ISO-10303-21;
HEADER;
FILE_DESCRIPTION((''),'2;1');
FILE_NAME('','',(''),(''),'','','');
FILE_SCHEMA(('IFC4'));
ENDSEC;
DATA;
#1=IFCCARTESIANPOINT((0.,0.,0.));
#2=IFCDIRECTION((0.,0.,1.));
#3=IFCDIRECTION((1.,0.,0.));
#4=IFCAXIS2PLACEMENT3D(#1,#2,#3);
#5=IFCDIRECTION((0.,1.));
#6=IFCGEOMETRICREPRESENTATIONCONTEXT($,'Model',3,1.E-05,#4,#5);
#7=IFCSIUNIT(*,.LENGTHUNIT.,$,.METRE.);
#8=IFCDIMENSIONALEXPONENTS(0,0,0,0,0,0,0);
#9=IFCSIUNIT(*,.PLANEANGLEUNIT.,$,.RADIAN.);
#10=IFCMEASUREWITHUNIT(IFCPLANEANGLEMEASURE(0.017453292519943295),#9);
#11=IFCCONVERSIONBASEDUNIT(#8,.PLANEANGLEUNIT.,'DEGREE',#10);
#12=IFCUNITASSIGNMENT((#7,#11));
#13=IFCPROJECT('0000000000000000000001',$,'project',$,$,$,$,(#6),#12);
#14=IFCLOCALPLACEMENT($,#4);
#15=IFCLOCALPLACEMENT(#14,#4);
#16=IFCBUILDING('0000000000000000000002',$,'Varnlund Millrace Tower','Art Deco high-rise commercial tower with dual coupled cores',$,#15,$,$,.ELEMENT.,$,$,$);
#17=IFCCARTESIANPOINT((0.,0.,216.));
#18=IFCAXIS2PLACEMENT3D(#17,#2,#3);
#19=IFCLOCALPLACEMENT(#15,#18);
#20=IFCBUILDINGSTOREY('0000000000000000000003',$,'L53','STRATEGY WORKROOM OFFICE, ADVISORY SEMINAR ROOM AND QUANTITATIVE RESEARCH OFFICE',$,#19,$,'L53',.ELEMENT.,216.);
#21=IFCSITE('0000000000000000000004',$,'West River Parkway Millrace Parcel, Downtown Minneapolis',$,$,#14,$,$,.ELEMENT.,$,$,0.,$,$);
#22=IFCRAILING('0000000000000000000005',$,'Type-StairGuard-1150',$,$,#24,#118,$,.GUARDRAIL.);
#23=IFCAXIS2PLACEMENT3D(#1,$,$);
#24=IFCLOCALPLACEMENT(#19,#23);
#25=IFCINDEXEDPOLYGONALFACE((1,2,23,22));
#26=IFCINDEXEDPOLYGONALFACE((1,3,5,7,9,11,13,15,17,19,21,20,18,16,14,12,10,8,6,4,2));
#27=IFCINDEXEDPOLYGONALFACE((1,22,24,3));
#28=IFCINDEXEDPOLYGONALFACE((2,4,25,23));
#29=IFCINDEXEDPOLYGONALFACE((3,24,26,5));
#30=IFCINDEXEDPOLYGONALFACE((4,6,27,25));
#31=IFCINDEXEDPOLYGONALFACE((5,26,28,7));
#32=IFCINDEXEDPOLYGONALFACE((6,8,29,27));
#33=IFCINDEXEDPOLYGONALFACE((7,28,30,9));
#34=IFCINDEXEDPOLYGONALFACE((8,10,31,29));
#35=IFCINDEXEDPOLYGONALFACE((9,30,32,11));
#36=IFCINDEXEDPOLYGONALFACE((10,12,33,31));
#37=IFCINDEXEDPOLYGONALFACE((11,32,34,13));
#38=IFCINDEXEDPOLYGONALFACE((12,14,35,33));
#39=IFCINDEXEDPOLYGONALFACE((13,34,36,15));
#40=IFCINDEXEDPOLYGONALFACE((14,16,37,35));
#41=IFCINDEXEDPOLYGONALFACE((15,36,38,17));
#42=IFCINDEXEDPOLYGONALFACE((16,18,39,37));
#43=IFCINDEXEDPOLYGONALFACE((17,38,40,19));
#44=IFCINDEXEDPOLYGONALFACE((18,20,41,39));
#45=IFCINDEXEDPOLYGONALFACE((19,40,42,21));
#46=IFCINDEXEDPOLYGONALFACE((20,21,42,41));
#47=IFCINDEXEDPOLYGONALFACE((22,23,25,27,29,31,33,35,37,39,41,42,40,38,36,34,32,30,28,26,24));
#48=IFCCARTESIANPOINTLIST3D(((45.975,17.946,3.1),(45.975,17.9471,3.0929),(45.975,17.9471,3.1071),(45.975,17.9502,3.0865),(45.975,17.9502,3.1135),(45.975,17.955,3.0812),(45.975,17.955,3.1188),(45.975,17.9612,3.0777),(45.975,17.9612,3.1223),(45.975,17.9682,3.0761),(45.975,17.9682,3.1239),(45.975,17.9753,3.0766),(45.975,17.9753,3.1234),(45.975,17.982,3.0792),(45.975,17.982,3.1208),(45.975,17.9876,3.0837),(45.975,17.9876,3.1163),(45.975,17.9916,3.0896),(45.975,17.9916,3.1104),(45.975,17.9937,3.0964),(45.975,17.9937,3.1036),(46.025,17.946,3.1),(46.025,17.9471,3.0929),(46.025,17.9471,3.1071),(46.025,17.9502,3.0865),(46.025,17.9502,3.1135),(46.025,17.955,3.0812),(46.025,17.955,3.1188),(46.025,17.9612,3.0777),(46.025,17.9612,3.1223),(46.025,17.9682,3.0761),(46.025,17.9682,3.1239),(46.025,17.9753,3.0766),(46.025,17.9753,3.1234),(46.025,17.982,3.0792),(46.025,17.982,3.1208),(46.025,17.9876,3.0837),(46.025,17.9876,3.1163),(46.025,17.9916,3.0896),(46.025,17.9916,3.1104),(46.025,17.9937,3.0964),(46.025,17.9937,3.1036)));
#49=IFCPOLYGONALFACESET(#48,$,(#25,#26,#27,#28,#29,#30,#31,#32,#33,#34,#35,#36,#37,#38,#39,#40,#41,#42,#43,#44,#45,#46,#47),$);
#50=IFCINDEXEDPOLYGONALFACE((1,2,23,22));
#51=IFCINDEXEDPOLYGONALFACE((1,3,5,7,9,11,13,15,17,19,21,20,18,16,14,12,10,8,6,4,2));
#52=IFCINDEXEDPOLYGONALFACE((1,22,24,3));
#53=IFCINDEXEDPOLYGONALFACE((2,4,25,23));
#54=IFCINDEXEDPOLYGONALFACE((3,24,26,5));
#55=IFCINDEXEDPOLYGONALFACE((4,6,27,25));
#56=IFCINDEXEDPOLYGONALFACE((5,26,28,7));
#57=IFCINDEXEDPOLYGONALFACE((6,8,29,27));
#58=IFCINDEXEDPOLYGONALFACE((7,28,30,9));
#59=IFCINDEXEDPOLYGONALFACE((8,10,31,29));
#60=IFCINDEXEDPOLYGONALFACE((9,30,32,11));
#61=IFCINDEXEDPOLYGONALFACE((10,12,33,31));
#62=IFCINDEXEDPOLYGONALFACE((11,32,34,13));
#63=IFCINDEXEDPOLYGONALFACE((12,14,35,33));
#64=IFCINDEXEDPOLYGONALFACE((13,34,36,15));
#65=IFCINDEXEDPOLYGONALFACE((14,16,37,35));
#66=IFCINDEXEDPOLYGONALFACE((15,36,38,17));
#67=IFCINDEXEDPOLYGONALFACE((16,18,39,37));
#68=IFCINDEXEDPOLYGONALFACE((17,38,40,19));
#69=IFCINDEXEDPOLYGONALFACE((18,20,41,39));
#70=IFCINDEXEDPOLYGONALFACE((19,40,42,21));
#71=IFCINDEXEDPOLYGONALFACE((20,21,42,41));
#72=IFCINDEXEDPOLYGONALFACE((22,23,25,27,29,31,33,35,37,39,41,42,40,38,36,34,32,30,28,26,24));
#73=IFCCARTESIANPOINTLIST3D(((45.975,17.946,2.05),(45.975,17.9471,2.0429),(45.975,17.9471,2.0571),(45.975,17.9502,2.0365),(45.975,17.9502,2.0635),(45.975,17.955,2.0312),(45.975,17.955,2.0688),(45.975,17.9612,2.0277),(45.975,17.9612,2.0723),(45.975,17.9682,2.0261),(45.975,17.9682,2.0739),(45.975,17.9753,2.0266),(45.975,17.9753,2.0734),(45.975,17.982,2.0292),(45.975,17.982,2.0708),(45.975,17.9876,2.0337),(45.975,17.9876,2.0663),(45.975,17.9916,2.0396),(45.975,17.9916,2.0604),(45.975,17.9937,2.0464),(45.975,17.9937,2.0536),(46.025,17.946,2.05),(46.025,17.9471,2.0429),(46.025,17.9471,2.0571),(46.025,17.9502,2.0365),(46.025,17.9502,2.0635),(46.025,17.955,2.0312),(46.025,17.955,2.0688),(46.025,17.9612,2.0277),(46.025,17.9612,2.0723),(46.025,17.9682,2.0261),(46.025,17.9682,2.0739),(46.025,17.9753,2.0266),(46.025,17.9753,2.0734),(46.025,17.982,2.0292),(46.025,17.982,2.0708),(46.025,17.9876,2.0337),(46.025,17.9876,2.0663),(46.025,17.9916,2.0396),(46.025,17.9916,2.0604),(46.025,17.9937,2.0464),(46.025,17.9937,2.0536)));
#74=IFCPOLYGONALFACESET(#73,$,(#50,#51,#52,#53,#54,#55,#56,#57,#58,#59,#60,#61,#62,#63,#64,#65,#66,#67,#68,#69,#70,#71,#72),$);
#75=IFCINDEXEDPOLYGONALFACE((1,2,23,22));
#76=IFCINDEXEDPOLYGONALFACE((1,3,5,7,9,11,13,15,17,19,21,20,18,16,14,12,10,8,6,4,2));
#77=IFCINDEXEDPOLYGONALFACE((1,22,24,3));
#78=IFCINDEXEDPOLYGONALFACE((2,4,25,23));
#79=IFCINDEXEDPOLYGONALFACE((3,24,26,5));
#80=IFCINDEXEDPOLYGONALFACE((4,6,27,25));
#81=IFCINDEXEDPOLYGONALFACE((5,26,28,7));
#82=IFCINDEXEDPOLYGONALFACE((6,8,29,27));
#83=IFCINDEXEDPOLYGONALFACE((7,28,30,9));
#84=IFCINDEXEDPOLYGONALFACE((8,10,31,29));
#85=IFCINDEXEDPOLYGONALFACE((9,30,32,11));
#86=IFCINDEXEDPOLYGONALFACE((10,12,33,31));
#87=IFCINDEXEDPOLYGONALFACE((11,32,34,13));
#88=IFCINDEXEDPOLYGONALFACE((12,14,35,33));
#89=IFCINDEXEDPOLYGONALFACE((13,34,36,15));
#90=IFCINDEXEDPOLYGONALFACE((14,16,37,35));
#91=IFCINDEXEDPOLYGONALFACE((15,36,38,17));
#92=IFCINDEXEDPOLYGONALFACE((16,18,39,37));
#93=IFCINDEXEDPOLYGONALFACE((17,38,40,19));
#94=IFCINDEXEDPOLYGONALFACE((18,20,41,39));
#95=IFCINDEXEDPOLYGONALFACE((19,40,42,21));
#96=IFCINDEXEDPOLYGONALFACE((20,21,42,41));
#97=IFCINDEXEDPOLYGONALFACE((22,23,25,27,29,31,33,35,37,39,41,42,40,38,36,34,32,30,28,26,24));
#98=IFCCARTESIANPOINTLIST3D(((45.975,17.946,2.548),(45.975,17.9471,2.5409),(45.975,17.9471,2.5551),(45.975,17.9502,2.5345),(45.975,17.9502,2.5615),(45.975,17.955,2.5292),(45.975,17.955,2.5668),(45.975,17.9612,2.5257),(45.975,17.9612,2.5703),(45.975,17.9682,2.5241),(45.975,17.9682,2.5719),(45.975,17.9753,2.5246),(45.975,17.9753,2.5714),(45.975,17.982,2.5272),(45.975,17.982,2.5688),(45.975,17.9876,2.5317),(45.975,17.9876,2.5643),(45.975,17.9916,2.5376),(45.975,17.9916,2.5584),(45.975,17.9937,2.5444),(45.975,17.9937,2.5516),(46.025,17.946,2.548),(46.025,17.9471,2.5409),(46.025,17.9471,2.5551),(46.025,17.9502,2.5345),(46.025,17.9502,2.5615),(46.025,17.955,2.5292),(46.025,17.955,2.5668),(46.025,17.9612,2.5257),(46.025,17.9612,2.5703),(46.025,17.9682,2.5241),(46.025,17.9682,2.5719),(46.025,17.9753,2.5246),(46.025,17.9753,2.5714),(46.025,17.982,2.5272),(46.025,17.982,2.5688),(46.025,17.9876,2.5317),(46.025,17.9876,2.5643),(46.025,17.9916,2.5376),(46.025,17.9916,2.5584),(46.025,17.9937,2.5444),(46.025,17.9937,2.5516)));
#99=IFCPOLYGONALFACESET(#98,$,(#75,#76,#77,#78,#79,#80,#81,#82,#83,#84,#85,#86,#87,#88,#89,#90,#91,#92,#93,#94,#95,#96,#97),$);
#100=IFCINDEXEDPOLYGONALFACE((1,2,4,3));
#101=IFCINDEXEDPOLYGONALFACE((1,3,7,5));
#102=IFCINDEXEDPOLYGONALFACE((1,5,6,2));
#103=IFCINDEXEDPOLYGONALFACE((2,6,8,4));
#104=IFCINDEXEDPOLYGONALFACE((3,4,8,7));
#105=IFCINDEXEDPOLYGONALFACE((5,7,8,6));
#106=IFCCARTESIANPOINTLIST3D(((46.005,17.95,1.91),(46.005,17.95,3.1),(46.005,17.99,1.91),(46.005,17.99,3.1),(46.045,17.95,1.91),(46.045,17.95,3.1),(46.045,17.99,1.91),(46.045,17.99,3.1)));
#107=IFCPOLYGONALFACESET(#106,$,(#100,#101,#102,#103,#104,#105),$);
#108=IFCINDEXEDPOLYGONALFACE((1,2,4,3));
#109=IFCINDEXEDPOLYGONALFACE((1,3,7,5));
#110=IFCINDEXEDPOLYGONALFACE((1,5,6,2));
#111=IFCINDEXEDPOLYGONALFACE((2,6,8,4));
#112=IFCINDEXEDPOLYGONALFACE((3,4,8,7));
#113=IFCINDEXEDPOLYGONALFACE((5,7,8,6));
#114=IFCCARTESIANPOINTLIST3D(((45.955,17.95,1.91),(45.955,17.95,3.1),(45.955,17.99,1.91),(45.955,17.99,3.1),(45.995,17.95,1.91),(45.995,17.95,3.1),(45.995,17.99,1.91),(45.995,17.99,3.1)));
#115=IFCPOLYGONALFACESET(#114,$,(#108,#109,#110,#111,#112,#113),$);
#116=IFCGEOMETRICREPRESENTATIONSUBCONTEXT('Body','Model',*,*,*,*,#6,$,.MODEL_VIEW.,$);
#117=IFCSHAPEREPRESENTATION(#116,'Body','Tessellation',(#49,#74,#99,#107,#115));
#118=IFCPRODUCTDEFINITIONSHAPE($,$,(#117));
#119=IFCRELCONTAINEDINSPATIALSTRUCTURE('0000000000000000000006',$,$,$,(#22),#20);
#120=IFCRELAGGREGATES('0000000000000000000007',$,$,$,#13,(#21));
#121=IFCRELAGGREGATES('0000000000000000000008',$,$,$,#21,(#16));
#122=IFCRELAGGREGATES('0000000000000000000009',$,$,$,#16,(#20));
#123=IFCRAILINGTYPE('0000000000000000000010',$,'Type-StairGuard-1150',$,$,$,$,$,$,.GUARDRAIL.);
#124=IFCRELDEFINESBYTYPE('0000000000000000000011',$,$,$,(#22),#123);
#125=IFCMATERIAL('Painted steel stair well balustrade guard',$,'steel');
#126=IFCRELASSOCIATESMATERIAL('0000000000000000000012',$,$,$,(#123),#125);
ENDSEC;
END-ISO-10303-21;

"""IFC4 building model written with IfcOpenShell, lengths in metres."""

from ifc_helpers import new_model, entity, si_unit, converted_unit, direction, frame, origin_with_axes, origin_2d_with_axis, place, context, subcontext, project, spatial, rectangle, circle, extrude, material, type_object, element, save


model = new_model("IFC4")

# Units and contexts
model_context = context("Model", 3, precision=1e-05, world=origin_with_axes(), true_north=direction((0.0, 1.0)))
body_context = subcontext(model_context, "Body", "Model", "MODEL_VIEW")
ifc_project = project(units=[si_unit("LENGTHUNIT", "METRE"), converted_unit("PLANEANGLEUNIT", "DEGREE", entity("IfcPlaneAngleMeasure", 0.017453292519943295), si_unit("PLANEANGLEUNIT", "RADIAN"), dimensions=[0, 0, 0, 0, 0, 0, 0])], contexts=[model_context])

# Site, building, storey
site_placement = place(None, origin_with_axes())
site = spatial("IfcSite", under=ifc_project, at=site_placement, Name="West River Parkway Millrace Parcel, Downtown Minneapolis", CompositionType="ELEMENT", RefElevation=0.0)
building_placement = place(site_placement, origin_with_axes())
building = spatial("IfcBuilding", under=site, at=building_placement, Name="Varnlund Millrace Tower", Description="Art Deco high-rise commercial tower with dual coupled cores", CompositionType="ELEMENT")
storey_placement = place(building_placement, frame((0.0, 0.0, 216.0), z_axis=(0.0, 0.0, 1.0), x_axis=(1.0, 0.0, 0.0)))
storey = spatial("IfcBuildingStorey", under=building, at=storey_placement, Name="L53", Description="STRATEGY WORKROOM OFFICE, ADVISORY SEMINAR ROOM AND QUANTITATIVE RESEARCH OFFICE", LongName="L53", CompositionType="ELEMENT", Elevation=216.0)

# Railing
ifc_material_1 = material(Name="Painted steel stair well balustrade guard", Category="steel")
railing_type_1 = type_object("IfcRailingType", Name="Type-StairGuard-1150", PredefinedType="GUARDRAIL", material=ifc_material_1)
railing_1_placement = place(storey_placement, frame((0.0, 0.0, -216.0), z_axis=(0.0, 0.0, 1.0), x_axis=(1.0, 0.0, 0.0)))
element("IfcRailing", 1, at=railing_1_placement, inside=storey, type_object=railing_type_1, Name="Type-StairGuard-1150", PredefinedType="GUARDRAIL", context=body_context, shape_type="SweptSolid", body=[
    extrude(circle(Radius=0.024, at=origin_2d_with_axis()), frame((46.025, 17.97, 219.1), z_axis=(-1.0, 0.0, 0.0), x_axis=(0.0, -1.0, 0.0)), (0.0, 0.0, 1.0), 0.05),
    extrude(circle(Radius=0.024, at=origin_2d_with_axis()), frame((46.025, 17.97, 218.05), z_axis=(-1.0, 0.0, 0.0), x_axis=(0.0, -1.0, 0.0)), (0.0, 0.0, 1.0), 0.05),
    extrude(circle(Radius=0.024, at=origin_2d_with_axis()), frame((46.025, 17.97, 218.548), z_axis=(-1.0, 0.0, 0.0), x_axis=(0.0, -1.0, 0.0)), (0.0, 0.0, 1.0), 0.05),
    extrude(rectangle(XDim=0.04, YDim=0.04, at=origin_2d_with_axis()), frame((46.025, 17.97, 217.91), z_axis=(0.0, 0.0, 1.0), x_axis=(1.0, 0.0, 0.0)), (0.0, 0.0, 1.0), 1.19),
    extrude(rectangle(XDim=0.04, YDim=0.04, at=origin_2d_with_axis()), frame((45.975, 17.97, 217.91), z_axis=(0.0, 0.0, 1.0), x_axis=(1.0, 0.0, 0.0)), (0.0, 0.0, 1.0), 1.19),
])

save(model, "model.ifc")
